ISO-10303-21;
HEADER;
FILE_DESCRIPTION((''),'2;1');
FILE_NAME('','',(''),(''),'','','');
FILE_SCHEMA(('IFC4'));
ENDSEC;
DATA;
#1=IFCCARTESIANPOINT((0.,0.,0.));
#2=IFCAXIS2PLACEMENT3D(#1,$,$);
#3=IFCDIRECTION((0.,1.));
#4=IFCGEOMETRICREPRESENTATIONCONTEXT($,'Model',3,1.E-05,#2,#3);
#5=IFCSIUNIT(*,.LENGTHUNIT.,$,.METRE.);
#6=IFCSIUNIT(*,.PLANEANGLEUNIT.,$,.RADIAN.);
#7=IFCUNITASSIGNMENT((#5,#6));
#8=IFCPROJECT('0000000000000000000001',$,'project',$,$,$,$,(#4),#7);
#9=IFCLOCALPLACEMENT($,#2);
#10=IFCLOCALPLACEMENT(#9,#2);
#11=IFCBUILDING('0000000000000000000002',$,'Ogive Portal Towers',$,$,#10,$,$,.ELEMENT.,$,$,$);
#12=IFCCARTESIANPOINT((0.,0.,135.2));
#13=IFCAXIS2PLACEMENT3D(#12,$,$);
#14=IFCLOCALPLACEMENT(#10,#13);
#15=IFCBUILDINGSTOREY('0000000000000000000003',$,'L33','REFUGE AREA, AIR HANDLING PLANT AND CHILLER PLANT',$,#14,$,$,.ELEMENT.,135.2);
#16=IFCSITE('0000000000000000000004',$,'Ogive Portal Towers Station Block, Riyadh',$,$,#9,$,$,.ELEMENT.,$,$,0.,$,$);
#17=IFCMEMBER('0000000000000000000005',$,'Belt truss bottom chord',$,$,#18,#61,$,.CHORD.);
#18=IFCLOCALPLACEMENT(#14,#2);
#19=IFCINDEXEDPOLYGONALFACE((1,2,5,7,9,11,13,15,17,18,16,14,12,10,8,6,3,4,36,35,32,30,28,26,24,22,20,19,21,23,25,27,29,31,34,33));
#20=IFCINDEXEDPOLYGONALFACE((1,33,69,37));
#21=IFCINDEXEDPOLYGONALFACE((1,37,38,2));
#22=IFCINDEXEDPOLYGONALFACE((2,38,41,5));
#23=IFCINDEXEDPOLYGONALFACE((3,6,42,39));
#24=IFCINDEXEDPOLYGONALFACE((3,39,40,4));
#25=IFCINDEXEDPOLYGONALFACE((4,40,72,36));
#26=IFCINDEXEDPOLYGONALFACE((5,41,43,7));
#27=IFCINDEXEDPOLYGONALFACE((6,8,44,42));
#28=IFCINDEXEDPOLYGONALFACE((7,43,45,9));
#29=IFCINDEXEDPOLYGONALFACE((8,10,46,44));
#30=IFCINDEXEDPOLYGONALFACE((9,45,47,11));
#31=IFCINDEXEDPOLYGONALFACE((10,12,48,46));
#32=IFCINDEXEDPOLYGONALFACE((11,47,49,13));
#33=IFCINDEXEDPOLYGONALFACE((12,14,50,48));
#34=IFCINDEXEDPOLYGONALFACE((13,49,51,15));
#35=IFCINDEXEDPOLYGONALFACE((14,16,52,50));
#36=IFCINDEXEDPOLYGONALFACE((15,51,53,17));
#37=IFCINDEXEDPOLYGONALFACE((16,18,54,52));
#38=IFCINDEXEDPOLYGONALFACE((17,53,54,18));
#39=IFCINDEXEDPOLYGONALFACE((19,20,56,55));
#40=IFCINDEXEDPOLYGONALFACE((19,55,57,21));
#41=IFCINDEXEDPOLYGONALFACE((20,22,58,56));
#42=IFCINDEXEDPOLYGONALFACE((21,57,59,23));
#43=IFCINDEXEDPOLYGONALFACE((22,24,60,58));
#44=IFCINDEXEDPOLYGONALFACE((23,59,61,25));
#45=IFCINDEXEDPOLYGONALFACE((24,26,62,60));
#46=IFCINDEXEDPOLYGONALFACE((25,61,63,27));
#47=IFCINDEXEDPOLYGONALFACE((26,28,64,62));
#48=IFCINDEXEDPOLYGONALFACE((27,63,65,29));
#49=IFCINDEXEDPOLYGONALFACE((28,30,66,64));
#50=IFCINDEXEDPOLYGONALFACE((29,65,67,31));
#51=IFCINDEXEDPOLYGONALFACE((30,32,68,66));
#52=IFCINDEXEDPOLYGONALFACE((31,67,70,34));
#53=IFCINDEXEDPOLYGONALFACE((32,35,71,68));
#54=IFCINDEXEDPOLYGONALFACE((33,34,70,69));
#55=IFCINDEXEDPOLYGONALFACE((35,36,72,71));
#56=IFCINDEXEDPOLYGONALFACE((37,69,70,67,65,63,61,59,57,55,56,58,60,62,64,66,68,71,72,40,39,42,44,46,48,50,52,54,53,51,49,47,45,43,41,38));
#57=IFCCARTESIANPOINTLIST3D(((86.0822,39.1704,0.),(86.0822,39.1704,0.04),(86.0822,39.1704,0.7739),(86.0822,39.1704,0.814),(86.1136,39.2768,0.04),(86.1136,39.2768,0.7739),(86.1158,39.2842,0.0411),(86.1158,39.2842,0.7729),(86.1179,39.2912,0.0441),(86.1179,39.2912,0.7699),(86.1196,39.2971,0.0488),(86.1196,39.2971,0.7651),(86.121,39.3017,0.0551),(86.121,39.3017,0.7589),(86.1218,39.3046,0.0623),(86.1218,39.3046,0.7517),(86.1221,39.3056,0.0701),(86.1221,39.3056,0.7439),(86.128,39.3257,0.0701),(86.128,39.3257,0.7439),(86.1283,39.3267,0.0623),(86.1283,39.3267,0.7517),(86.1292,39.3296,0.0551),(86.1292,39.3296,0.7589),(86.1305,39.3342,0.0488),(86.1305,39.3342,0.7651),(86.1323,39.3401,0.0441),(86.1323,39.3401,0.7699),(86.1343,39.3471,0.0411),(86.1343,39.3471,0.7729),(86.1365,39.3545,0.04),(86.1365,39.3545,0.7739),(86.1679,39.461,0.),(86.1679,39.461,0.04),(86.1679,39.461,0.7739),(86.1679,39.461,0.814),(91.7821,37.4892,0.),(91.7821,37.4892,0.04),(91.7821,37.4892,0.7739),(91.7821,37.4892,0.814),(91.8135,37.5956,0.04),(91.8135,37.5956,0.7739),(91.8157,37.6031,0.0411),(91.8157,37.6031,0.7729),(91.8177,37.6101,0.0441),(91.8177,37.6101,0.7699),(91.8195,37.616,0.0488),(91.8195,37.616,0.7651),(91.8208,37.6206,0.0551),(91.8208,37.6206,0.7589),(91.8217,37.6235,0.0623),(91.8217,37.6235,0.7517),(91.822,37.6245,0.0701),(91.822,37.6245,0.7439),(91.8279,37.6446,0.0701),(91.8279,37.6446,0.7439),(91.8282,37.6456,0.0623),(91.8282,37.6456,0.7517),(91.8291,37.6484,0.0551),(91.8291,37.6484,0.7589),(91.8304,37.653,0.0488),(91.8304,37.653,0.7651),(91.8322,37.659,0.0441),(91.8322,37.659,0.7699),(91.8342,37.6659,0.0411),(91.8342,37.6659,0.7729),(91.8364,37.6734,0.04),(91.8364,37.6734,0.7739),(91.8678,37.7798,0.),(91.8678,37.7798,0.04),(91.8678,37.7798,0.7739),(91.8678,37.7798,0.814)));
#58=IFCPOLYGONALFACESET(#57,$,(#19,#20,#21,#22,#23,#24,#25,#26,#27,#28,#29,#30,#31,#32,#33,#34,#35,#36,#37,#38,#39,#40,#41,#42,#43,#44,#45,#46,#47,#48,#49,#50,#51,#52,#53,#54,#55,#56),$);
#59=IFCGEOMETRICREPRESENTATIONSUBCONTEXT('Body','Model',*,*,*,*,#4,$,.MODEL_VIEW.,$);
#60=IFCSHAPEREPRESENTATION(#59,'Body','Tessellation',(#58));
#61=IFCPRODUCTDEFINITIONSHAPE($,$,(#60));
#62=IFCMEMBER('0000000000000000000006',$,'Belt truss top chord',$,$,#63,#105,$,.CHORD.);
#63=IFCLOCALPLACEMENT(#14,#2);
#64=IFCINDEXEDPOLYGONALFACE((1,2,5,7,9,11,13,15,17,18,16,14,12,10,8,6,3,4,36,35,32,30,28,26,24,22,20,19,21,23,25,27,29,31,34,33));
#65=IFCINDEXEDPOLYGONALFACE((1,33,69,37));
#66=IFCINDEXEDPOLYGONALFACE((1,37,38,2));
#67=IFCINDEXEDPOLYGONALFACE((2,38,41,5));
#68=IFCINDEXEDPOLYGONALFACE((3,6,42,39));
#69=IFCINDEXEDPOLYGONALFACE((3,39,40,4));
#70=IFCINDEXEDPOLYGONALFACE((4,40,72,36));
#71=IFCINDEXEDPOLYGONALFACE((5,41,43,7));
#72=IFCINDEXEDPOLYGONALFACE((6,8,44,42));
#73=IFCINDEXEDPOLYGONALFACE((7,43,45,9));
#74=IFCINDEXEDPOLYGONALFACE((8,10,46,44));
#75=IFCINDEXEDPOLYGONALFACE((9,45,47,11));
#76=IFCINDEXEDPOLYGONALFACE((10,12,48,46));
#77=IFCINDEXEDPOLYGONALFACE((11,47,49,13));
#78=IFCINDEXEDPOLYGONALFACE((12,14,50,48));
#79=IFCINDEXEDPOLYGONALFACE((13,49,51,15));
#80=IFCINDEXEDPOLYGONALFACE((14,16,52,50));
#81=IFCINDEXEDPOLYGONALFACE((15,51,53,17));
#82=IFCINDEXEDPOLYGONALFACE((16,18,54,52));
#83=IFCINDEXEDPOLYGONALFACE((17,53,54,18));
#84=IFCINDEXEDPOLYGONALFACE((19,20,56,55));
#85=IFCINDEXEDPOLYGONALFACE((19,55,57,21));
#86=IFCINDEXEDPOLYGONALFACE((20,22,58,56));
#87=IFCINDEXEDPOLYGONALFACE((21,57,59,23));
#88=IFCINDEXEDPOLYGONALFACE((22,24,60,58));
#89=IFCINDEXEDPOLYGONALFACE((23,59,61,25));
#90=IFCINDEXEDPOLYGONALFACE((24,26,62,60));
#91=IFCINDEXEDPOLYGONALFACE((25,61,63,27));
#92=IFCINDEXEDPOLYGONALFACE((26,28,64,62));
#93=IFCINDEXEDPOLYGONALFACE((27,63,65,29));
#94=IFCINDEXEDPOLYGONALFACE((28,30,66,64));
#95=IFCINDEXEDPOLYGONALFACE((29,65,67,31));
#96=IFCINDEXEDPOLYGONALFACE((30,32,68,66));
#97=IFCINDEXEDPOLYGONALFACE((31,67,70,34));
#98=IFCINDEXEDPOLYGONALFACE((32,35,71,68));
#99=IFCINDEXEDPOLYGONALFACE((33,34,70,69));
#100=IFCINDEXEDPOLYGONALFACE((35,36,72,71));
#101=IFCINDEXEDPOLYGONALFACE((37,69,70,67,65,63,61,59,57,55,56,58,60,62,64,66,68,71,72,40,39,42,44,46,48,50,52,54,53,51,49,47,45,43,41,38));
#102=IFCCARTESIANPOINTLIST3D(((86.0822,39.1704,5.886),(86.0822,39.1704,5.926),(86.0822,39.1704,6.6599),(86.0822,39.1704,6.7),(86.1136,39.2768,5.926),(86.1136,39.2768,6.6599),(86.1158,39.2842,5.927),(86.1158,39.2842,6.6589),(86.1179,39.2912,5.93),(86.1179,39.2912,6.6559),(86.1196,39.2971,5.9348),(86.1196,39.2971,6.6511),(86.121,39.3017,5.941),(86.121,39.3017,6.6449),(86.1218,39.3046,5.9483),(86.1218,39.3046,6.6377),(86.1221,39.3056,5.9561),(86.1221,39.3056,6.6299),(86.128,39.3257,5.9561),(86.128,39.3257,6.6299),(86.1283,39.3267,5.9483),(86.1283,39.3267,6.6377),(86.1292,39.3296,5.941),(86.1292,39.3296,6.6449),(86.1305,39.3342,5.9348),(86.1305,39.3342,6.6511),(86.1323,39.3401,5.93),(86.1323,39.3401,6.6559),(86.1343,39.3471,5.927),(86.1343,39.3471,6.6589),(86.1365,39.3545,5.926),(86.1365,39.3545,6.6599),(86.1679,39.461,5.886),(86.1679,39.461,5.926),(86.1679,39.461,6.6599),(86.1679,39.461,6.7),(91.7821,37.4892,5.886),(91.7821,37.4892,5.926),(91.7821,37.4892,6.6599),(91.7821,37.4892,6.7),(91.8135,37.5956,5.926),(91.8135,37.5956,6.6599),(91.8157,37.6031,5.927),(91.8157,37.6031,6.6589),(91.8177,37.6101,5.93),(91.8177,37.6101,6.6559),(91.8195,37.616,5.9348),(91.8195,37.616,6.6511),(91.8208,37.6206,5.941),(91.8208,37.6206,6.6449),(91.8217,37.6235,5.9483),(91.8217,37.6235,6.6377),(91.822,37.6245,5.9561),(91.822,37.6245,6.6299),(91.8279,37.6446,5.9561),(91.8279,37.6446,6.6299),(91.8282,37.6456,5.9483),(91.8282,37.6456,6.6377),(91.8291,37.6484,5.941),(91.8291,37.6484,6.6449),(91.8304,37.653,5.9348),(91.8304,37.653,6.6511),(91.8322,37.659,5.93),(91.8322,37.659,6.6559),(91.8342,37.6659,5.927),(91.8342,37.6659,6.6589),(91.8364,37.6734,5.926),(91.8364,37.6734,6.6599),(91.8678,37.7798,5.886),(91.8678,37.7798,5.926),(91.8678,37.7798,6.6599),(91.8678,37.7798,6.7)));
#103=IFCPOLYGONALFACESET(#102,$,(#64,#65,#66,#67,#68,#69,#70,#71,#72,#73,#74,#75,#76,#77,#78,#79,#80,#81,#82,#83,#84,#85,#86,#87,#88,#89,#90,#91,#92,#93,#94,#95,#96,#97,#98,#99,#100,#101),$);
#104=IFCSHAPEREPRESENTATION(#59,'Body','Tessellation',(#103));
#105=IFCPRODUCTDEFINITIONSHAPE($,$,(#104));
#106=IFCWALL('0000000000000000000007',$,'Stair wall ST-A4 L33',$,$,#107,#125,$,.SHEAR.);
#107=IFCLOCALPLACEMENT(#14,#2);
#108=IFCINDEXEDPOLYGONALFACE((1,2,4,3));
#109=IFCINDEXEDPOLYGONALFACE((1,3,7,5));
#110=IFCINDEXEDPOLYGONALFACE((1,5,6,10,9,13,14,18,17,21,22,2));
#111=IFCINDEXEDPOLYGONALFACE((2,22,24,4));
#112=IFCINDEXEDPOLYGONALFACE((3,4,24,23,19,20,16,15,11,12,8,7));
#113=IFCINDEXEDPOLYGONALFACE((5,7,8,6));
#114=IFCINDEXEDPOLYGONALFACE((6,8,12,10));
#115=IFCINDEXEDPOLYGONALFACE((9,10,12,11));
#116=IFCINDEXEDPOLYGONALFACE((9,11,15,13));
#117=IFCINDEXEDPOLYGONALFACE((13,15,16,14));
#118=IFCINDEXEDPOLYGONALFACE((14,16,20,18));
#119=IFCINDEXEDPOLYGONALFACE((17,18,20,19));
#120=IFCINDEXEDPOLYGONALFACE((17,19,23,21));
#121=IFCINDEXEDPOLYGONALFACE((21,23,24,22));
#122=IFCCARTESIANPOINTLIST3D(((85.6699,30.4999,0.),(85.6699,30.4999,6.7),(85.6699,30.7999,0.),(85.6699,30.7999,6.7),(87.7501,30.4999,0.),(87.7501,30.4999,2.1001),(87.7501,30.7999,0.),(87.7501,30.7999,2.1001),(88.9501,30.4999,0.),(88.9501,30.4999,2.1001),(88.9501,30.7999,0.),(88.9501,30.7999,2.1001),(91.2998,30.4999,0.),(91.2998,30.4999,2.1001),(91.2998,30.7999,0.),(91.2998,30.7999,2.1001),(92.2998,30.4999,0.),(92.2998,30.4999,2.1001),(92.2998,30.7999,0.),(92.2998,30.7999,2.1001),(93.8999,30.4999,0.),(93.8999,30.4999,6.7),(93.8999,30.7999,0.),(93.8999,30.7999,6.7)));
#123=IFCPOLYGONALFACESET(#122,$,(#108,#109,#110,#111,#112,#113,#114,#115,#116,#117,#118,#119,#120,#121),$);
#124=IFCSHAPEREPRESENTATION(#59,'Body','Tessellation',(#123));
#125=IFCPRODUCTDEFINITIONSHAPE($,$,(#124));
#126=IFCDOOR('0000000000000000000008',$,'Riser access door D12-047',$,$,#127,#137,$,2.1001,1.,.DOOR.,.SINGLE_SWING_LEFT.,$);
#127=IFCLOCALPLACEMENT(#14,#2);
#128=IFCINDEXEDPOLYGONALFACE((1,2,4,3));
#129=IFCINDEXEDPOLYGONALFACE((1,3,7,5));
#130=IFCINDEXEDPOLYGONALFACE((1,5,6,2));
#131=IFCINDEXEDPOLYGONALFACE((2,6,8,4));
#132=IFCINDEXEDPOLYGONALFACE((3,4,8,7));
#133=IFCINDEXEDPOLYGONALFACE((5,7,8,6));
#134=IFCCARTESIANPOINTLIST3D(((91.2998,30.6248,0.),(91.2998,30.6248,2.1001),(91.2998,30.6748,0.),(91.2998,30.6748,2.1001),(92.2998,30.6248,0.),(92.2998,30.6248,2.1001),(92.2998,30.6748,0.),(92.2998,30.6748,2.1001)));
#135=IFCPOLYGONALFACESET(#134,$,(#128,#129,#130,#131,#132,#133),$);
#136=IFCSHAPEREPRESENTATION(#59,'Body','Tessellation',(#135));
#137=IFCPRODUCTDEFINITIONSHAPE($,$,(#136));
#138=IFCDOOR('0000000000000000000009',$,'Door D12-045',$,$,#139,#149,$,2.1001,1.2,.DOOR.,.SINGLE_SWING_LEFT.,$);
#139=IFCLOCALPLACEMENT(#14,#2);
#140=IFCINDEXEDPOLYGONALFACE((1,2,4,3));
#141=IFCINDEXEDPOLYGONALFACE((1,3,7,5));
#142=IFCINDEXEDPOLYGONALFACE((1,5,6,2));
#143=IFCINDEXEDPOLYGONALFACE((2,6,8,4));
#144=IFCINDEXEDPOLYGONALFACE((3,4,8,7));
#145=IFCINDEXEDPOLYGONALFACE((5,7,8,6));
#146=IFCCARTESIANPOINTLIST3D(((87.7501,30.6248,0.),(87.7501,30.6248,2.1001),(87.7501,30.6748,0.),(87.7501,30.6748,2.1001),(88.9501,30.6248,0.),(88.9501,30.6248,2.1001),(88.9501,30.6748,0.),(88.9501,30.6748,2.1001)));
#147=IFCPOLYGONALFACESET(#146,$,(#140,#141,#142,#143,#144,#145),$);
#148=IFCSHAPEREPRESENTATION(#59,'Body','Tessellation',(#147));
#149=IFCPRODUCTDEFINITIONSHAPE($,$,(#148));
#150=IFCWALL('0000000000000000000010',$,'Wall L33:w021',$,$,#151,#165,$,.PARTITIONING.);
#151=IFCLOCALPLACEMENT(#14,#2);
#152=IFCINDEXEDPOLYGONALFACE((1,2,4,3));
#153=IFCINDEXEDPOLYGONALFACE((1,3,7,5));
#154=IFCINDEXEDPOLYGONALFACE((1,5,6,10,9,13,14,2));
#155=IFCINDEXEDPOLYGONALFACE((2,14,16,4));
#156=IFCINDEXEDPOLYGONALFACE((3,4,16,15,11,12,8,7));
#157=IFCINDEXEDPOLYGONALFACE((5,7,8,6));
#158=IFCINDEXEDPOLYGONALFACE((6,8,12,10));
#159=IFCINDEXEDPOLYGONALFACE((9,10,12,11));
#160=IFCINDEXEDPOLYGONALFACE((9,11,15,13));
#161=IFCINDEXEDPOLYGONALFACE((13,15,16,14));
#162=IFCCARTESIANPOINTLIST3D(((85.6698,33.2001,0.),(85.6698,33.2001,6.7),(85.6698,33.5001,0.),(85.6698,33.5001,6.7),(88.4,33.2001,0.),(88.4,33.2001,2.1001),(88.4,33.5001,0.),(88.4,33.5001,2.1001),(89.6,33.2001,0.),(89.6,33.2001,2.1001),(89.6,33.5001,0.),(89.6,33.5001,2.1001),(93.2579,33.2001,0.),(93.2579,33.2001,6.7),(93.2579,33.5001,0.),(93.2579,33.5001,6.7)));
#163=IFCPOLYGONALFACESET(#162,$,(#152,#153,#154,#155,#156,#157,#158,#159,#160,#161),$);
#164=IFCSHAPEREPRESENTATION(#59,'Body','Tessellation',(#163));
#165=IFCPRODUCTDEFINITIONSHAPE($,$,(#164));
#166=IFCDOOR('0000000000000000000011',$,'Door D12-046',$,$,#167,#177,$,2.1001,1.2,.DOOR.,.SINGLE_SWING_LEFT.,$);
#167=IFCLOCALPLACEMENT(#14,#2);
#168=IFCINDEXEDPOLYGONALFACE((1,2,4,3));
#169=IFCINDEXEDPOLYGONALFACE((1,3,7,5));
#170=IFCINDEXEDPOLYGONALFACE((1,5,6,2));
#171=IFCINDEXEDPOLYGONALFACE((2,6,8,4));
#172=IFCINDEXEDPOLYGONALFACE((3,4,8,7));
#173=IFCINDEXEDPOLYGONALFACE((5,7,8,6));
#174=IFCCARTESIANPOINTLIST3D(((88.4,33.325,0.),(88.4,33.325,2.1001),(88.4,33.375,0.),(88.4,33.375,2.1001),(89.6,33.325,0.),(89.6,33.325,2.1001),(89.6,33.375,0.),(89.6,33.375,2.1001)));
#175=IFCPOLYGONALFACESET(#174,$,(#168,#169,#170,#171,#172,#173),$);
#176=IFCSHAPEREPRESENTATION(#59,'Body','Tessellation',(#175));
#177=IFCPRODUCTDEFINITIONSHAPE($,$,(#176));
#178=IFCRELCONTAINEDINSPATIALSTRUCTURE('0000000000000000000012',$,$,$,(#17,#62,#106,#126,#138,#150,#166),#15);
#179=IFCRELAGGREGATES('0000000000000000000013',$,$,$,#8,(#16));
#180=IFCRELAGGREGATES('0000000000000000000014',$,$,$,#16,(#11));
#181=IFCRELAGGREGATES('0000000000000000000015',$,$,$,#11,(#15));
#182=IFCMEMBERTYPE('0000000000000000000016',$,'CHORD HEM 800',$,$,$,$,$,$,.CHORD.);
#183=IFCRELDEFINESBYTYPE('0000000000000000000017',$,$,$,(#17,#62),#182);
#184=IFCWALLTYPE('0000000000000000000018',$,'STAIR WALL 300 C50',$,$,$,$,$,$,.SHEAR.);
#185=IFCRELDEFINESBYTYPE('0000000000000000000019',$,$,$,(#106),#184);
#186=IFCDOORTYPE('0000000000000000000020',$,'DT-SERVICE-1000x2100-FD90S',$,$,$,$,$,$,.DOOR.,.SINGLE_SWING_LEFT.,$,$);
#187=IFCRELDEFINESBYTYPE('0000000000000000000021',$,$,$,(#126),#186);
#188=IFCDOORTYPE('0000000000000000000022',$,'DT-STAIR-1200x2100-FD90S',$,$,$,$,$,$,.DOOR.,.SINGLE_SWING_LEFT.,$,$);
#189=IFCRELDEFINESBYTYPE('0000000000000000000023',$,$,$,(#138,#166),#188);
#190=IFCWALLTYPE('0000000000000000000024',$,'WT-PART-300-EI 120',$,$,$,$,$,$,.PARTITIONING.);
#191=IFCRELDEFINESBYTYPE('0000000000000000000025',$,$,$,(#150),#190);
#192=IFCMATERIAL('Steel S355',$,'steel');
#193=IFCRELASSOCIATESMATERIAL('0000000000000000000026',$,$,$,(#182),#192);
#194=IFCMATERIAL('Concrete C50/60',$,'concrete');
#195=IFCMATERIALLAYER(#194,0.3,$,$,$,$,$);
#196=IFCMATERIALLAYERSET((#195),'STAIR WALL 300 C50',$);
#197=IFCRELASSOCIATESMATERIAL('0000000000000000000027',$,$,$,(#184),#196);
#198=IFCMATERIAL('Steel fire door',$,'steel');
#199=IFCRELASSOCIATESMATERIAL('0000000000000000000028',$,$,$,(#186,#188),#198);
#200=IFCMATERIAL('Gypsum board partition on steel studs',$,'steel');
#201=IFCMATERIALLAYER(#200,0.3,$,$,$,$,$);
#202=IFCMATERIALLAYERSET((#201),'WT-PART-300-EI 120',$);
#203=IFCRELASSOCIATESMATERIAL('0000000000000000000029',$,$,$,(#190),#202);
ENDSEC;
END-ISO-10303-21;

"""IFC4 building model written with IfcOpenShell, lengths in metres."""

from ifc_helpers import new_model, si_unit, direction, frame, frame_2d, origin, origin_2d, place, context, subcontext, project, spatial, rectangle, i_section, extrude, material, layer, layer_set, material_profile, profile_set, type_object, element, fill, save


model = new_model("IFC4")

# Units and contexts
model_context = context("Model", 3, precision=1e-05, world=origin(), true_north=direction((0.0, 1.0)))
body_context = subcontext(model_context, "Body", "Model", "MODEL_VIEW")
ifc_project = project(units=[si_unit("LENGTHUNIT", "METRE"), si_unit("PLANEANGLEUNIT", "RADIAN")], contexts=[model_context])

# Site, building, storey
site_placement = place(None, origin())
site = spatial("IfcSite", under=ifc_project, at=site_placement, Name="Ogive Portal Towers Station Block, Riyadh", CompositionType="ELEMENT", RefElevation=0.0)
building_placement = place(site_placement, origin())
building = spatial("IfcBuilding", under=site, at=building_placement, Name="Ogive Portal Towers", CompositionType="ELEMENT")
storey_placement = place(building_placement, frame((0.0, 0.0, 135.2)))
storey = spatial("IfcBuildingStorey", under=building, at=storey_placement, Name="L33", Description="REFUGE AREA, AIR HANDLING PLANT AND CHILLER PLANT", CompositionType="ELEMENT", Elevation=135.2)

# Members
ifc_material_1 = material(Name="Steel S355", Category="steel")
ifc_material_profile_1 = material_profile(ifc_material_1, i_section(OverallWidth=0.303, OverallDepth=0.814, WebThickness=0.021, FlangeThickness=0.04, FilletRadius=0.03, at=origin_2d()), Name="HEM 800")
ifc_profile_set_1 = profile_set([ifc_material_profile_1], Name="Steel S355")
member_type_1 = type_object("IfcMemberType", Name="CHORD HEM 800", PredefinedType="CHORD", material=ifc_profile_set_1)
for number, where, z_axis, x_axis, name in (
    (1, (91.825, 37.6345, 0.407), (-0.959151, 0.282894, 0.0), (-0.282894, -0.959151, 0.0), "Belt truss bottom chord"),
    (2, (91.825, 37.6345, 6.293), (-0.959151, 0.282894, 0.0), (-0.282894, -0.959151, 0.0), "Belt truss top chord"),
):
    element("IfcMember", number, at=place(storey_placement, frame(where, z_axis=z_axis, x_axis=x_axis)), inside=storey, type_object=member_type_1, Name=name, PredefinedType="CHORD", context=body_context, shape_type="SweptSolid", body=[
        extrude(i_section(OverallWidth=0.303, OverallDepth=0.814, WebThickness=0.021, FlangeThickness=0.04, FilletRadius=0.03, at=origin_2d()), origin(), (0.0, 0.0, 1.0), 5.9426),
    ])

# Wall, openings, doors
ifc_material_2 = material(Name="Concrete C50/60", Category="concrete")
ifc_layer_1 = layer(ifc_material_2, 0.3)
ifc_layer_set_1 = layer_set([ifc_layer_1], Name="STAIR WALL 300 C50")
wall_type_1 = type_object("IfcWallType", Name="STAIR WALL 300 C50", PredefinedType="SHEAR", material=ifc_layer_set_1)
wall_1_placement = place(storey_placement, frame((85.6699, 30.6499, 0.0), z_axis=(0.0, 0.0, 1.0), x_axis=(1.0, 0.0, 0.0)))
wall_1 = element("IfcWall", 3, at=wall_1_placement, inside=storey, type_object=wall_type_1, Name="Stair wall ST-A4 L33", PredefinedType="SHEAR", context=body_context, shape_type="SweptSolid", body=[
    extrude(rectangle(XDim=8.23, YDim=0.3, at=frame_2d((4.115, 0.0))), origin(), (0.0, 0.0, 1.0), 6.7),
])
opening_1_placement = place(wall_1_placement, frame((2.0801, 0.0, 0.0)))
opening_1 = element("IfcOpeningElement", 4, at=opening_1_placement, cuts=wall_1, PredefinedType="OPENING", context=body_context, shape_type="SweptSolid", body=[
    extrude(rectangle(XDim=1.2, YDim=2.1001, at=frame_2d((0.6001, 1.05))), frame((0.0, 0.1602, 0.0), z_axis=(0.0, -1.0, 0.0), x_axis=(1.0, 0.0, 0.0)), (0.0, 0.0, 1.0), 0.3201),
])
opening_2_placement = place(wall_1_placement, frame((5.6299, 0.0, 0.0)))
opening_2 = element("IfcOpeningElement", 5, at=opening_2_placement, cuts=wall_1, PredefinedType="OPENING", context=body_context, shape_type="SweptSolid", body=[
    extrude(rectangle(XDim=1.0, YDim=2.1001, at=frame_2d((0.5, 1.05))), frame((0.0, 0.1602, 0.0), z_axis=(0.0, -1.0, 0.0), x_axis=(1.0, 0.0, 0.0)), (0.0, 0.0, 1.0), 0.3201),
])
ifc_material_3 = material(Name="Steel fire door", Category="steel")
door_type_1 = type_object("IfcDoorType", Name="DT-SERVICE-1000x2100-FD90S", OperationType="SINGLE_SWING_LEFT", PredefinedType="DOOR", material=ifc_material_3)
door_1_placement = place(opening_2_placement, origin())
door_1 = element("IfcDoor", 6, at=door_1_placement, inside=storey, type_object=door_type_1, Name="Riser access door D12-047", OperationType="SINGLE_SWING_LEFT", OverallHeight=2.1001, OverallWidth=1.0, PredefinedType="DOOR", context=body_context, shape_type="SweptSolid", body=[
    extrude(rectangle(XDim=1.0, YDim=2.1001, at=frame_2d((0.5, 1.05))), frame((0.0, 0.0249, 0.0), z_axis=(0.0, -1.0, 0.0), x_axis=(1.0, 0.0, 0.0)), (0.0, 0.0, 1.0), 0.05),
])
fill(opening_2, door_1)
door_type_2 = type_object("IfcDoorType", Name="DT-STAIR-1200x2100-FD90S", OperationType="SINGLE_SWING_LEFT", PredefinedType="DOOR", material=ifc_material_3)
door_2_placement = place(opening_1_placement, origin())
door_2 = element("IfcDoor", 7, at=door_2_placement, inside=storey, type_object=door_type_2, Name="Door D12-045", OperationType="SINGLE_SWING_LEFT", OverallHeight=2.1001, OverallWidth=1.2, PredefinedType="DOOR", context=body_context, shape_type="SweptSolid", body=[
    extrude(rectangle(XDim=1.2, YDim=2.1001, at=frame_2d((0.6001, 1.05))), frame((0.0, 0.0249, 0.0), z_axis=(0.0, -1.0, 0.0), x_axis=(1.0, 0.0, 0.0)), (0.0, 0.0, 1.0), 0.05),
])
fill(opening_1, door_2)

# Wall, opening, door
ifc_material_4 = material(Name="Gypsum board partition on steel studs", Category="steel")
ifc_layer_2 = layer(ifc_material_4, 0.3)
ifc_layer_set_2 = layer_set([ifc_layer_2], Name="WT-PART-300-EI 120")
wall_type_2 = type_object("IfcWallType", Name="WT-PART-300-EI 120", PredefinedType="PARTITIONING", material=ifc_layer_set_2)
wall_2_placement = place(storey_placement, frame((85.6699, 33.3501, 0.0), z_axis=(0.0, 0.0, 1.0), x_axis=(1.0, 0.0, 0.0)))
wall_2 = element("IfcWall", 8, at=wall_2_placement, inside=storey, type_object=wall_type_2, Name="Wall L33:w021", PredefinedType="PARTITIONING", context=body_context, shape_type="SweptSolid", body=[
    extrude(rectangle(XDim=7.5881, YDim=0.3, at=frame_2d((3.7939, 0.0))), origin(), (0.0, 0.0, 1.0), 6.7),
])
opening_3_placement = place(wall_2_placement, frame((2.73, 0.0, 0.0)))
opening_3 = element("IfcOpeningElement", 9, at=opening_3_placement, cuts=wall_2, PredefinedType="OPENING", context=body_context, shape_type="SweptSolid", body=[
    extrude(rectangle(XDim=1.2, YDim=2.1001, at=frame_2d((0.6001, 1.05))), frame((0.0, 0.1602, 0.0), z_axis=(0.0, -1.0, 0.0), x_axis=(1.0, 0.0, 0.0)), (0.0, 0.0, 1.0), 0.3201),
])
door_3_placement = place(opening_3_placement, origin())
door_3 = element("IfcDoor", 10, at=door_3_placement, inside=storey, type_object=door_type_2, Name="Door D12-046", OperationType="SINGLE_SWING_LEFT", OverallHeight=2.1001, OverallWidth=1.2, PredefinedType="DOOR", context=body_context, shape_type="SweptSolid", body=[
    extrude(rectangle(XDim=1.2, YDim=2.1001, at=frame_2d((0.6001, 1.05))), frame((0.0, 0.0249, 0.0), z_axis=(0.0, -1.0, 0.0), x_axis=(1.0, 0.0, 0.0)), (0.0, 0.0, 1.0), 0.05),
])
fill(opening_3, door_3)

save(model, "model.ifc")
